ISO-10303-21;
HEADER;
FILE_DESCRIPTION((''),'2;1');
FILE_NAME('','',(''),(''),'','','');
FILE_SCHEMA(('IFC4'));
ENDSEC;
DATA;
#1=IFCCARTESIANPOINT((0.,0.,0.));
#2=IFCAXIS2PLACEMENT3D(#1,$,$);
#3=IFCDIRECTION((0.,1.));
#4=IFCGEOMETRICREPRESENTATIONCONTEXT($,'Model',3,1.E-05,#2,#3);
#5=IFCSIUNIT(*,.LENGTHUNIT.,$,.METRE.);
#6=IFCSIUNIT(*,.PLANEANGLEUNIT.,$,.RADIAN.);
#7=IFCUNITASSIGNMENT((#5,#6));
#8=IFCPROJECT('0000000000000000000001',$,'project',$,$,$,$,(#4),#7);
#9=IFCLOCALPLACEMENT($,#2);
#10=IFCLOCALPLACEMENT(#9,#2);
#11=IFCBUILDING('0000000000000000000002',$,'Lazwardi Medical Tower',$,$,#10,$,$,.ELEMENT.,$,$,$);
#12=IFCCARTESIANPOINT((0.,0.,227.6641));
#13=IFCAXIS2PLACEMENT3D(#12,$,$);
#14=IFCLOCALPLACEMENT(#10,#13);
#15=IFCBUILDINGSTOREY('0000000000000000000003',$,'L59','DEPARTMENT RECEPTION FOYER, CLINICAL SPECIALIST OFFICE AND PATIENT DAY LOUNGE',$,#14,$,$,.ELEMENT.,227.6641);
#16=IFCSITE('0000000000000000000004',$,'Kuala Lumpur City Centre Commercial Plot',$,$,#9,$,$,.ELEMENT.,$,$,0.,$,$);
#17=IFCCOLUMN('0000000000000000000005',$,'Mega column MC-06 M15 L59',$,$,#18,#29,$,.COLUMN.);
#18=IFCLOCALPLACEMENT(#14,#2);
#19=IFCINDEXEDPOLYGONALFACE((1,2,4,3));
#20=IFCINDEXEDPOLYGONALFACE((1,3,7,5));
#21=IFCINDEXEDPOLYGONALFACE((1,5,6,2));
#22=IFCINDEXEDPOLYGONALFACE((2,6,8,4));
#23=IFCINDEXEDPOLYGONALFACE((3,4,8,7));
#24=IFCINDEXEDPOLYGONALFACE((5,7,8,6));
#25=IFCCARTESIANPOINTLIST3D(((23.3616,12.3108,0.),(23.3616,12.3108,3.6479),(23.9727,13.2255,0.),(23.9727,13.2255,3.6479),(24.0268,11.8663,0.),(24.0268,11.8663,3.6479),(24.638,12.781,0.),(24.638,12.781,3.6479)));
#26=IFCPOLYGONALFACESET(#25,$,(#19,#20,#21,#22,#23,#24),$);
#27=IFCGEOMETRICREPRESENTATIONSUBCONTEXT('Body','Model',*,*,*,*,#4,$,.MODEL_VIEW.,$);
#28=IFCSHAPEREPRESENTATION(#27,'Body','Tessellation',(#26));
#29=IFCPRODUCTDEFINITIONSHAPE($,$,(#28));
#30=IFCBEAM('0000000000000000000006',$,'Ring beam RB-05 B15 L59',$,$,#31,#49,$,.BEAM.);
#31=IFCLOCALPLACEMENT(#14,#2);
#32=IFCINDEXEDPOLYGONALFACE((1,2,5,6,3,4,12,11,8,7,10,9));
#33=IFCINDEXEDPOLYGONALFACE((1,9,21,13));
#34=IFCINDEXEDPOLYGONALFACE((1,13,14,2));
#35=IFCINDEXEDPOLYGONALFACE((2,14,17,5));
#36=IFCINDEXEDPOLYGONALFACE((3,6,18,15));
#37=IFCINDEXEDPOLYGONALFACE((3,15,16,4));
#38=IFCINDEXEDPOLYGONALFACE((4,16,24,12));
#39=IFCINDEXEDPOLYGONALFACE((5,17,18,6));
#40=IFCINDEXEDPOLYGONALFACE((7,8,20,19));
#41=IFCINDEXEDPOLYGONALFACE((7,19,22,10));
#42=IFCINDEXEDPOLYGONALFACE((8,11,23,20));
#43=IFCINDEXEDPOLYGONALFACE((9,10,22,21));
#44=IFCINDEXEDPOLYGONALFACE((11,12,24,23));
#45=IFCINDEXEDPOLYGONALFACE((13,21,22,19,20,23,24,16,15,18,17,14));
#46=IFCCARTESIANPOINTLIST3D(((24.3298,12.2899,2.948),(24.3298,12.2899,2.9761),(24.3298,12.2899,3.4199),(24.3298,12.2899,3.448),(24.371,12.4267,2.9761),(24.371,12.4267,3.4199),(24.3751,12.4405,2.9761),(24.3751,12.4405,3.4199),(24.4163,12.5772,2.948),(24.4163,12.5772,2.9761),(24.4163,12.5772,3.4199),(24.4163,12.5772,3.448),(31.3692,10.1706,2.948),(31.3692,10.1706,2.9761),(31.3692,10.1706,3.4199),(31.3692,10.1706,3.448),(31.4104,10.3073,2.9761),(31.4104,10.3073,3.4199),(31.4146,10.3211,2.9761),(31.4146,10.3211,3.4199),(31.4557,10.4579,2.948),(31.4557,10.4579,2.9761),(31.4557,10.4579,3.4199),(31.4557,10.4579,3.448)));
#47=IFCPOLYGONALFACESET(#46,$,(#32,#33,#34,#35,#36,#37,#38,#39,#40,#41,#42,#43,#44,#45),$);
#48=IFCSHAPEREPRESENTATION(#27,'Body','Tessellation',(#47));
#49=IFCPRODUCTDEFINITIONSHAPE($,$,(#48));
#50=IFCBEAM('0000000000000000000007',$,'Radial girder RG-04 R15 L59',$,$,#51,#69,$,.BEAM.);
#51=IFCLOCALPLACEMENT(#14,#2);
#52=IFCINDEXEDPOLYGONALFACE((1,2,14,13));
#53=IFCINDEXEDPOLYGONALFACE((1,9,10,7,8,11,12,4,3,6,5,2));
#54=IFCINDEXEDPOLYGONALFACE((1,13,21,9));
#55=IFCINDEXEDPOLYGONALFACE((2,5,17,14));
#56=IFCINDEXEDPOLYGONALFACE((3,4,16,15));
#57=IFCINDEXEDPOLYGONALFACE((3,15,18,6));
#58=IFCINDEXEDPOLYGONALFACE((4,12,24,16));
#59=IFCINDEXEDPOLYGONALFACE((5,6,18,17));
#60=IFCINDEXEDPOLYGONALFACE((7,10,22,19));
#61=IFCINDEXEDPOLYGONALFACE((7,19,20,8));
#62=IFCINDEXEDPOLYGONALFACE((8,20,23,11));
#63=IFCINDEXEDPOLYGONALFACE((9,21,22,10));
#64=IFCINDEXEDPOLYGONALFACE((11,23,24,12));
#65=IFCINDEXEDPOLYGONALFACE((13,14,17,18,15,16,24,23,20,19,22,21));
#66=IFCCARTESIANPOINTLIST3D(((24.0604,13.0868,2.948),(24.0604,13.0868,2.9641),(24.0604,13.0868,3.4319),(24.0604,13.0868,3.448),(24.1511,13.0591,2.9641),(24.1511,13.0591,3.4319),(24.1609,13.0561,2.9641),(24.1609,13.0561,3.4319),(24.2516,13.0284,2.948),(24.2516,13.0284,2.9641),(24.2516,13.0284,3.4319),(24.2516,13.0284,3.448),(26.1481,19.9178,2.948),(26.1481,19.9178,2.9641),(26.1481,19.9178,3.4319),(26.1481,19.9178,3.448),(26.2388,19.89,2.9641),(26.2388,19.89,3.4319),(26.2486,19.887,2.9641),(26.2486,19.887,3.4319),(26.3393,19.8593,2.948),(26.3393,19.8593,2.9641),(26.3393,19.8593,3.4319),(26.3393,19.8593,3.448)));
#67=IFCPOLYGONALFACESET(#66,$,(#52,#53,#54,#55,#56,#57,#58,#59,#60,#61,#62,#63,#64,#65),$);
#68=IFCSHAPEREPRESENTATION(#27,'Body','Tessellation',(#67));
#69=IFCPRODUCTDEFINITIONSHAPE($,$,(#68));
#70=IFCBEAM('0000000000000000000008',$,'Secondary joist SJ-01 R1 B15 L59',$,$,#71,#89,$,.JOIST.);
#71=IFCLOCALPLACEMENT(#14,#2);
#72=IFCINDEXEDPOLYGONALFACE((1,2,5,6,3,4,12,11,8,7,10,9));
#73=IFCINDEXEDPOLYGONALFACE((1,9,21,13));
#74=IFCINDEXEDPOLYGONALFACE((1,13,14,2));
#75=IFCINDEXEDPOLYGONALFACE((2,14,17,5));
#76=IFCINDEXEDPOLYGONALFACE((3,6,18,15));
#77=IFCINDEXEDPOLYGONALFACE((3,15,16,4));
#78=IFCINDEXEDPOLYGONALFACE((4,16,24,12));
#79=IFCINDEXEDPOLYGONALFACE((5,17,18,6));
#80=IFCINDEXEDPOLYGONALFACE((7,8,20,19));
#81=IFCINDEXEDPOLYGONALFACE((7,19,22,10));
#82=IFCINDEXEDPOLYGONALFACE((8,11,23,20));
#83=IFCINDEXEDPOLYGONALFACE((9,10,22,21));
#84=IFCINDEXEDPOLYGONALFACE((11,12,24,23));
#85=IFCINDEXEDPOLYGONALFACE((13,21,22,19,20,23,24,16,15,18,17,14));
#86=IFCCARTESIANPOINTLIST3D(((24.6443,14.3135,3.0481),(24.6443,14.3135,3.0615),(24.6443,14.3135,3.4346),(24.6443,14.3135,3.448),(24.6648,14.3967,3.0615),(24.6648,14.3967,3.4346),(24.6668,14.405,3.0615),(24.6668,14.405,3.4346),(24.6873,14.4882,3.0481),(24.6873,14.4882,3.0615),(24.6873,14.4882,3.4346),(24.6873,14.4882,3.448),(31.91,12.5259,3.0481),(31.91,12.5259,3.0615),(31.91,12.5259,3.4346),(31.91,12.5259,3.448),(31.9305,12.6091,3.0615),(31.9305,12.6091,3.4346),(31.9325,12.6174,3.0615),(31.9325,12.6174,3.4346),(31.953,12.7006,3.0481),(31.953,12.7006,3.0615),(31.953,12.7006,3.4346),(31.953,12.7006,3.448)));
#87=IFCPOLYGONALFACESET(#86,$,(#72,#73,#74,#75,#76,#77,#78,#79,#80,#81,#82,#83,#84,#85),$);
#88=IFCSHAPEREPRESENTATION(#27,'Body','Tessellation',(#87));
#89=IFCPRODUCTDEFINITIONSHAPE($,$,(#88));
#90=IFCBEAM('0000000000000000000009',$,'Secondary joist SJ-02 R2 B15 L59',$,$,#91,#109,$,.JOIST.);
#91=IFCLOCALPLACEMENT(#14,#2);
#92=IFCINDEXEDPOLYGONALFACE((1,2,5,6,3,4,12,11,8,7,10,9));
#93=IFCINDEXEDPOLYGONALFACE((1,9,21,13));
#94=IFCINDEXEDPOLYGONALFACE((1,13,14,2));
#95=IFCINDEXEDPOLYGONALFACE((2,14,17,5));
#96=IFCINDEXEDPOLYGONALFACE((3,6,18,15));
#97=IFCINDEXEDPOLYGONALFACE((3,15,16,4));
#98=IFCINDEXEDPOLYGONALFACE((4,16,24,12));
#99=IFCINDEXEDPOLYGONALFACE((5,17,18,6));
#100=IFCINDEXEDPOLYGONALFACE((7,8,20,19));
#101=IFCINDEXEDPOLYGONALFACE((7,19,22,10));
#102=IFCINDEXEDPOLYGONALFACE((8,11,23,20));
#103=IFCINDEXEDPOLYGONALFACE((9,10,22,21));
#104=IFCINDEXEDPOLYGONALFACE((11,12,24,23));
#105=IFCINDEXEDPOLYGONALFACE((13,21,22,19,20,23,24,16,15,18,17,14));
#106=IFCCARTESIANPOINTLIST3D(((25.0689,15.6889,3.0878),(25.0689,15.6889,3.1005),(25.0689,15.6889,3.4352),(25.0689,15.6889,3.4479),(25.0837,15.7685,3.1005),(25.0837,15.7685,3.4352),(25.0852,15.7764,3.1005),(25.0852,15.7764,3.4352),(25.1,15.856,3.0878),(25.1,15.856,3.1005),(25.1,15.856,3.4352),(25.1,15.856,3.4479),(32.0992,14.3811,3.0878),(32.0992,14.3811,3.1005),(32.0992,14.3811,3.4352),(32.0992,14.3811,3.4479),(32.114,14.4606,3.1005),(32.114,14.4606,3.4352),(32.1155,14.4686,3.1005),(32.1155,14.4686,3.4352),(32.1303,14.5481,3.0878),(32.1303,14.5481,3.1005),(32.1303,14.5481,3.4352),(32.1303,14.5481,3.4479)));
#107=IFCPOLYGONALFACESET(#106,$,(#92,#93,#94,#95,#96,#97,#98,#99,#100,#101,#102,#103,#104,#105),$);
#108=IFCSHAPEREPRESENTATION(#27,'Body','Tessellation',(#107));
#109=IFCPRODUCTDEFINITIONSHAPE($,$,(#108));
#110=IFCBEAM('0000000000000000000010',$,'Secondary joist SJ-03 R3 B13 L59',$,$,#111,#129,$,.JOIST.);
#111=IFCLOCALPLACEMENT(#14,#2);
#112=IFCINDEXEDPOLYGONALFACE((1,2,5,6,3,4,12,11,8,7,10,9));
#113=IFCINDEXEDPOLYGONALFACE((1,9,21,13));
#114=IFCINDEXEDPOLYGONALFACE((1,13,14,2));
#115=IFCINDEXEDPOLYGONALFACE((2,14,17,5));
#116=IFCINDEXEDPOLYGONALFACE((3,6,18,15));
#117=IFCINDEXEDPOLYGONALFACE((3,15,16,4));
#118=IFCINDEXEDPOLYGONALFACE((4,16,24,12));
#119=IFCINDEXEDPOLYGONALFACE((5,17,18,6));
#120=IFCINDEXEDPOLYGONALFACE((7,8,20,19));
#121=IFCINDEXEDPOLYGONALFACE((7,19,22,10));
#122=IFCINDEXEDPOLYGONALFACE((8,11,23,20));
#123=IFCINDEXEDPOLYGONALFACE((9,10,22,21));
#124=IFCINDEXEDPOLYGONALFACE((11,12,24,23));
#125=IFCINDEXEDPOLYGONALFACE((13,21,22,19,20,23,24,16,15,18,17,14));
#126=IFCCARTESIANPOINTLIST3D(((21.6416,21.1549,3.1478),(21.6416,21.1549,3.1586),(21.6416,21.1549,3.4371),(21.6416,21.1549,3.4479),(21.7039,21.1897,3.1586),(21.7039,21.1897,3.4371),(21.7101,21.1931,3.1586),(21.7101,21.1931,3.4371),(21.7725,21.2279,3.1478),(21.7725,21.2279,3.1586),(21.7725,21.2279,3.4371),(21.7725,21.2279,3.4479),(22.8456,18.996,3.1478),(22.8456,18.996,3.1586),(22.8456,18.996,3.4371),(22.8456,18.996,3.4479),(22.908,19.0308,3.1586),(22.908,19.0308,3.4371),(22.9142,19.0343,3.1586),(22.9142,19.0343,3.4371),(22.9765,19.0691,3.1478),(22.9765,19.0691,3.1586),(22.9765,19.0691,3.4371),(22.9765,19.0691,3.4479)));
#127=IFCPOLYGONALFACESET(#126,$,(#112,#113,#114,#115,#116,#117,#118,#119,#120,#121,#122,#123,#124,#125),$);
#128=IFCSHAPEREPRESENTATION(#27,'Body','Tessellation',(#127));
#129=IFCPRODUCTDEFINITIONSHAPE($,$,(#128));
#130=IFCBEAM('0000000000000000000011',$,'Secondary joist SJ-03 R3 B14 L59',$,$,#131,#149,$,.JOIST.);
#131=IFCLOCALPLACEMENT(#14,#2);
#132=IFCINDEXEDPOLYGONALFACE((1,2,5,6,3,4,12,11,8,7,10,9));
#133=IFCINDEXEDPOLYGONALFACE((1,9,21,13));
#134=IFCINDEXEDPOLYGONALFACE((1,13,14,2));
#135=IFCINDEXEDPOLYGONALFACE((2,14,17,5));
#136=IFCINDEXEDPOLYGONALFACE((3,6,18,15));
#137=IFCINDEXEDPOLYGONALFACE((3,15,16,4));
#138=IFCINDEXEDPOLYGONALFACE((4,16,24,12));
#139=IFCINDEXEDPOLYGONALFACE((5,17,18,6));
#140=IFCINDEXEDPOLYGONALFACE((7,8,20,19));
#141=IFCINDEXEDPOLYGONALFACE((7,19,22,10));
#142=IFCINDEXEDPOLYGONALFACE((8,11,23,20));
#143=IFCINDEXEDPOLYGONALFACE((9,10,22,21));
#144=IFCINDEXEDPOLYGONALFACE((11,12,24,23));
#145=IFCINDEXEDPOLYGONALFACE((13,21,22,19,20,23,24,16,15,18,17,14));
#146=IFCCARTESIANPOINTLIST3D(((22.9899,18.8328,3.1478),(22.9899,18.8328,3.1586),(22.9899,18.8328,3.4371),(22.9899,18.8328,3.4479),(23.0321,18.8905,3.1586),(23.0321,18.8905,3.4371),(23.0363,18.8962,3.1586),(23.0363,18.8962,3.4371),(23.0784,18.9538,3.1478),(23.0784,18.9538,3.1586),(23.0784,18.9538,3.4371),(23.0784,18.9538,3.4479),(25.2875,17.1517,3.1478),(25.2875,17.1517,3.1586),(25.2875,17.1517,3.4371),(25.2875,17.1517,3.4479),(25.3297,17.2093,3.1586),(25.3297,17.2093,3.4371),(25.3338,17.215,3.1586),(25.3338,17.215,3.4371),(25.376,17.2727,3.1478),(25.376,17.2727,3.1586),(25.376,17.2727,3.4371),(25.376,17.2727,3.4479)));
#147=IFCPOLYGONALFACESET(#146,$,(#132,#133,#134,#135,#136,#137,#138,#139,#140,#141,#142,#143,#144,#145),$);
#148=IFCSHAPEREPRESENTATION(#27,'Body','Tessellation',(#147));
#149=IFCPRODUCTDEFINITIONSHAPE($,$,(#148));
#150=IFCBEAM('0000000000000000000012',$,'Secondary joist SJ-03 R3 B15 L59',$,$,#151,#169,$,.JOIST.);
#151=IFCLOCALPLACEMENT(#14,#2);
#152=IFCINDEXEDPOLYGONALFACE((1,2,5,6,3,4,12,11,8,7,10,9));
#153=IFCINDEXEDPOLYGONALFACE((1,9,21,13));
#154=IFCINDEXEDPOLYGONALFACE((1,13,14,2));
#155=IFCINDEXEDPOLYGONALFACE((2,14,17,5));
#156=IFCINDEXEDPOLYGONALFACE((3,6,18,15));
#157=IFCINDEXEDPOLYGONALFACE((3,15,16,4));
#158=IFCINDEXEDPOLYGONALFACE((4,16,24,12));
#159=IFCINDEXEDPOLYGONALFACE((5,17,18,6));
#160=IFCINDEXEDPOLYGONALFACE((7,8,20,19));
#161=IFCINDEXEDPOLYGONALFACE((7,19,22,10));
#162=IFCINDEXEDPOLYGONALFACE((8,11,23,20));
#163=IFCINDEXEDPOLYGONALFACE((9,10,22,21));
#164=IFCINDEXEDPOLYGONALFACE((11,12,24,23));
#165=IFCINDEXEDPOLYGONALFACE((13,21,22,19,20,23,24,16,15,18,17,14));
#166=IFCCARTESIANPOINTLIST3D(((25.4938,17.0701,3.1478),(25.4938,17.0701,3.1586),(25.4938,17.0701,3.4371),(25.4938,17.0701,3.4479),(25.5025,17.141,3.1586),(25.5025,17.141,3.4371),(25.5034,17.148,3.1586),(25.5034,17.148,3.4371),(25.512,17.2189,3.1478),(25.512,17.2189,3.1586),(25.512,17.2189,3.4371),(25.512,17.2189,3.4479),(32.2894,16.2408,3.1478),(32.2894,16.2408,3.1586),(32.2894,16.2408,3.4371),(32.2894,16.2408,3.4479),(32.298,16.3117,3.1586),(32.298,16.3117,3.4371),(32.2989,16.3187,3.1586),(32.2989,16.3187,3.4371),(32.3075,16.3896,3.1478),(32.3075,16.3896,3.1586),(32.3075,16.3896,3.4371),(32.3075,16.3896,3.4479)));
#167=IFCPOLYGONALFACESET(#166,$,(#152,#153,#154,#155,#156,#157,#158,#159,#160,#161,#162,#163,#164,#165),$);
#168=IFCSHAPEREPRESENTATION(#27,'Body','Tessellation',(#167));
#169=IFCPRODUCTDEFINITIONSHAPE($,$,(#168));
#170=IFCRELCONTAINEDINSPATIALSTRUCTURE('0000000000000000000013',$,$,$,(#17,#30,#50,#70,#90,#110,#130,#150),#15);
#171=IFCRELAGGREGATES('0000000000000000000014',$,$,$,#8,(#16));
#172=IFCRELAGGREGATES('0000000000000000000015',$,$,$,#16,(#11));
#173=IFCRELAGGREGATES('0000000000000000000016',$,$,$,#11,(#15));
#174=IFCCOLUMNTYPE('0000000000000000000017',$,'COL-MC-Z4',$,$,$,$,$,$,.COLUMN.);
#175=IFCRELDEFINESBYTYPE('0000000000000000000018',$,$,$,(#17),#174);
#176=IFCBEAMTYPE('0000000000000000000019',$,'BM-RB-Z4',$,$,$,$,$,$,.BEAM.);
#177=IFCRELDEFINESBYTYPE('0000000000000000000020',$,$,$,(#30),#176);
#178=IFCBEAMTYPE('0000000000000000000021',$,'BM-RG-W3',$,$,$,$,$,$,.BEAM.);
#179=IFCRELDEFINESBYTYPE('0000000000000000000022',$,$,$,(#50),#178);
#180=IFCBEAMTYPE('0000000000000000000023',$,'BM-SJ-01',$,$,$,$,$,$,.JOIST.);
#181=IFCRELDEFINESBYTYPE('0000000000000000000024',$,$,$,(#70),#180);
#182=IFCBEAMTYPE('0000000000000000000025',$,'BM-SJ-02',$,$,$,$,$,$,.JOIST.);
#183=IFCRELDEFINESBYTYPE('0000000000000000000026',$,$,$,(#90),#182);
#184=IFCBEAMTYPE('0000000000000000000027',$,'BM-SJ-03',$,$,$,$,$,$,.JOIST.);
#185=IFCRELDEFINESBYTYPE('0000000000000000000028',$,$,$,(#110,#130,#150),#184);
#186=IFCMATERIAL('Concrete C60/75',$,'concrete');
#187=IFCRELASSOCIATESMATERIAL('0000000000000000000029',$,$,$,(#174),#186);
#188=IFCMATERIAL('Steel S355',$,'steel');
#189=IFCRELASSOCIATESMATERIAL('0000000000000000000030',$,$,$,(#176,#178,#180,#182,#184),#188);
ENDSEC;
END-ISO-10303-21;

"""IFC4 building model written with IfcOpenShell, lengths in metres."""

from ifc_helpers import new_model, si_unit, direction, frame, origin, origin_2d, place, context, subcontext, project, spatial, rectangle, i_section, extrude, material, material_profile, profile_set, type_object, element, save


model = new_model("IFC4")

# Units and contexts
model_context = context("Model", 3, precision=1e-05, world=origin(), true_north=direction((0.0, 1.0)))
body_context = subcontext(model_context, "Body", "Model", "MODEL_VIEW")
ifc_project = project(units=[si_unit("LENGTHUNIT", "METRE"), si_unit("PLANEANGLEUNIT", "RADIAN")], contexts=[model_context])

# Site, building, storey
site_placement = place(None, origin())
site = spatial("IfcSite", under=ifc_project, at=site_placement, Name="Kuala Lumpur City Centre Commercial Plot", CompositionType="ELEMENT", RefElevation=0.0)
building_placement = place(site_placement, origin())
building = spatial("IfcBuilding", under=site, at=building_placement, Name="Lazwardi Medical Tower", CompositionType="ELEMENT")
storey_placement = place(building_placement, frame((0.0, 0.0, 227.6641)))
storey = spatial("IfcBuildingStorey", under=building, at=storey_placement, Name="L59", Description="DEPARTMENT RECEPTION FOYER, CLINICAL SPECIALIST OFFICE AND PATIENT DAY LOUNGE", CompositionType="ELEMENT", Elevation=227.6641)

# Column
ifc_material_1 = material(Name="Concrete C60/75", Category="concrete")
ifc_material_profile_1 = material_profile(ifc_material_1, rectangle(XDim=1.1001, YDim=0.8, at=origin_2d()), Name="CFT-RECT 1100x800")
ifc_profile_set_1 = profile_set([ifc_material_profile_1], Name="Concrete C60/75")
column_type = type_object("IfcColumnType", Name="COL-MC-Z4", PredefinedType="COLUMN", material=ifc_profile_set_1)
column_placement = place(storey_placement, frame((23.9998, 12.5459, 0.0), z_axis=(0.0, 0.0, 1.0), x_axis=(-0.55557, -0.83147, 0.0)))
element("IfcColumn", 1, at=column_placement, inside=storey, type_object=column_type, Name="Mega column MC-06 M15 L59", PredefinedType="COLUMN", context=body_context, shape_type="SweptSolid", body=[
    extrude(rectangle(XDim=1.1001, YDim=0.8, at=origin_2d()), origin(), (0.0, 0.0, 1.0), 3.6479),
])

# Beams
ifc_material_2 = material(Name="Steel S355", Category="steel")
ifc_material_profile_2 = material_profile(ifc_material_2, i_section(OverallWidth=0.3, OverallDepth=0.5, WebThickness=0.0144, FlangeThickness=0.0281, at=origin_2d()), Name="HEB 500")
ifc_profile_set_2 = profile_set([ifc_material_profile_2], Name="Steel S355")
beam_type_1 = type_object("IfcBeamType", Name="BM-RB-Z4", PredefinedType="BEAM", material=ifc_profile_set_2)
beam_1_placement = place(storey_placement, frame((24.373, 12.4336, 3.198), z_axis=(0.957544, -0.288286, 0.0), x_axis=(0.288286, 0.957544, 0.0)))
element("IfcBeam", 2, at=beam_1_placement, inside=storey, type_object=beam_type_1, Name="Ring beam RB-05 B15 L59", PredefinedType="BEAM", context=body_context, shape_type="SweptSolid", body=[
    extrude(i_section(OverallWidth=0.3, OverallDepth=0.5, WebThickness=0.0144, FlangeThickness=0.0281, at=origin_2d()), origin(), (0.0, 0.0, 1.0), 7.3516),
])
ifc_material_profile_3 = material_profile(ifc_material_2, i_section(OverallWidth=0.2, OverallDepth=0.5, WebThickness=0.0103, FlangeThickness=0.0161, at=origin_2d()), Name="IPE 500")
ifc_profile_set_3 = profile_set([ifc_material_profile_3], Name="Steel S355")
beam_type_2 = type_object("IfcBeamType", Name="BM-RG-W3", PredefinedType="BEAM", material=ifc_profile_set_3)
beam_2_placement = place(storey_placement, frame((24.156, 13.0576, 3.198), z_axis=(0.292277, 0.956334, 0.0), x_axis=(-0.956334, 0.292277, 0.0)))
element("IfcBeam", 3, at=beam_2_placement, inside=storey, type_object=beam_type_2, Name="Radial girder RG-04 R15 L59", PredefinedType="BEAM", context=body_context, shape_type="SweptSolid", body=[
    extrude(i_section(OverallWidth=0.2, OverallDepth=0.5, WebThickness=0.0103, FlangeThickness=0.0161, at=origin_2d()), origin(), (0.0, 0.0, 1.0), 7.1428),
])
ifc_material_profile_4 = material_profile(ifc_material_2, i_section(OverallWidth=0.1799, OverallDepth=0.3999, WebThickness=0.0085, FlangeThickness=0.0134, at=origin_2d()), Name="IPE 400")
ifc_profile_set_4 = profile_set([ifc_material_profile_4], Name="Steel S355")
beam_type_3 = type_object("IfcBeamType", Name="BM-SJ-01", PredefinedType="JOIST", material=ifc_profile_set_4)
beam_3_placement = place(storey_placement, frame((24.6658, 14.4009, 3.248), z_axis=(0.971042, -0.23891, 0.0), x_axis=(0.23891, 0.971042, 0.0)))
element("IfcBeam", 4, at=beam_3_placement, inside=storey, type_object=beam_type_3, Name="Secondary joist SJ-01 R1 B15 L59", PredefinedType="JOIST", context=body_context, shape_type="SweptSolid", body=[
    extrude(i_section(OverallWidth=0.1799, OverallDepth=0.3999, WebThickness=0.0085, FlangeThickness=0.0134, at=origin_2d()), origin(), (0.0, 0.0, 1.0), 7.4824),
])
ifc_material_profile_5 = material_profile(ifc_material_2, i_section(OverallWidth=0.1699, OverallDepth=0.3601, WebThickness=0.0081, FlangeThickness=0.0127, at=origin_2d()), Name="IPE 360")
ifc_profile_set_5 = profile_set([ifc_material_profile_5], Name="Steel S355")
beam_type_4 = type_object("IfcBeamType", Name="BM-SJ-02", PredefinedType="JOIST", material=ifc_profile_set_5)
beam_4_placement = place(storey_placement, frame((25.0845, 15.7725, 3.2678), z_axis=(0.983132, -0.182895, 0.0), x_axis=(0.182895, 0.983132, 0.0)))
element("IfcBeam", 5, at=beam_4_placement, inside=storey, type_object=beam_type_4, Name="Secondary joist SJ-02 R2 B15 L59", PredefinedType="JOIST", context=body_context, shape_type="SweptSolid", body=[
    extrude(i_section(OverallWidth=0.1699, OverallDepth=0.3601, WebThickness=0.0081, FlangeThickness=0.0127, at=origin_2d()), origin(), (0.0, 0.0, 1.0), 7.1509),
])
ifc_material_profile_6 = material_profile(ifc_material_2, i_section(OverallWidth=0.1499, OverallDepth=0.3, WebThickness=0.0071, FlangeThickness=0.0107, at=origin_2d()), Name="IPE 300")
ifc_profile_set_6 = profile_set([ifc_material_profile_6], Name="Steel S355")
beam_type_5 = type_object("IfcBeamType", Name="BM-SJ-03", PredefinedType="JOIST", material=ifc_profile_set_6)
beam_5_placement = place(storey_placement, frame((21.707, 21.1914, 3.2979), z_axis=(0.487093, -0.87335, 0.0), x_axis=(0.87335, 0.487093, 0.0)))
element("IfcBeam", 6, at=beam_5_placement, inside=storey, type_object=beam_type_5, Name="Secondary joist SJ-03 R3 B13 L59", PredefinedType="JOIST", context=body_context, shape_type="SweptSolid", body=[
    extrude(i_section(OverallWidth=0.1499, OverallDepth=0.3, WebThickness=0.0071, FlangeThickness=0.0107, at=origin_2d()), origin(), (0.0, 0.0, 1.0), 2.4719),
])
beam_6_placement = place(storey_placement, frame((23.0342, 18.8933, 3.2979), z_axis=(0.807034, -0.590505, 0.0), x_axis=(0.590505, 0.807034, 0.0)))
element("IfcBeam", 7, at=beam_6_placement, inside=storey, type_object=beam_type_5, Name="Secondary joist SJ-03 R3 B14 L59", PredefinedType="JOIST", context=body_context, shape_type="SweptSolid", body=[
    extrude(i_section(OverallWidth=0.1499, OverallDepth=0.3, WebThickness=0.0071, FlangeThickness=0.0107, at=origin_2d()), origin(), (0.0, 0.0, 1.0), 2.8469),
])
beam_7_placement = place(storey_placement, frame((25.5029, 17.1445, 3.2979), z_axis=(0.992635, -0.121146, 0.0), x_axis=(0.121146, 0.992635, 0.0)))
element("IfcBeam", 8, at=beam_7_placement, inside=storey, type_object=beam_type_5, Name="Secondary joist SJ-03 R3 B15 L59", PredefinedType="JOIST", context=body_context, shape_type="SweptSolid", body=[
    extrude(i_section(OverallWidth=0.1499, OverallDepth=0.3, WebThickness=0.0071, FlangeThickness=0.0107, at=origin_2d()), origin(), (0.0, 0.0, 1.0), 6.8459),
])

save(model, "model.ifc")
